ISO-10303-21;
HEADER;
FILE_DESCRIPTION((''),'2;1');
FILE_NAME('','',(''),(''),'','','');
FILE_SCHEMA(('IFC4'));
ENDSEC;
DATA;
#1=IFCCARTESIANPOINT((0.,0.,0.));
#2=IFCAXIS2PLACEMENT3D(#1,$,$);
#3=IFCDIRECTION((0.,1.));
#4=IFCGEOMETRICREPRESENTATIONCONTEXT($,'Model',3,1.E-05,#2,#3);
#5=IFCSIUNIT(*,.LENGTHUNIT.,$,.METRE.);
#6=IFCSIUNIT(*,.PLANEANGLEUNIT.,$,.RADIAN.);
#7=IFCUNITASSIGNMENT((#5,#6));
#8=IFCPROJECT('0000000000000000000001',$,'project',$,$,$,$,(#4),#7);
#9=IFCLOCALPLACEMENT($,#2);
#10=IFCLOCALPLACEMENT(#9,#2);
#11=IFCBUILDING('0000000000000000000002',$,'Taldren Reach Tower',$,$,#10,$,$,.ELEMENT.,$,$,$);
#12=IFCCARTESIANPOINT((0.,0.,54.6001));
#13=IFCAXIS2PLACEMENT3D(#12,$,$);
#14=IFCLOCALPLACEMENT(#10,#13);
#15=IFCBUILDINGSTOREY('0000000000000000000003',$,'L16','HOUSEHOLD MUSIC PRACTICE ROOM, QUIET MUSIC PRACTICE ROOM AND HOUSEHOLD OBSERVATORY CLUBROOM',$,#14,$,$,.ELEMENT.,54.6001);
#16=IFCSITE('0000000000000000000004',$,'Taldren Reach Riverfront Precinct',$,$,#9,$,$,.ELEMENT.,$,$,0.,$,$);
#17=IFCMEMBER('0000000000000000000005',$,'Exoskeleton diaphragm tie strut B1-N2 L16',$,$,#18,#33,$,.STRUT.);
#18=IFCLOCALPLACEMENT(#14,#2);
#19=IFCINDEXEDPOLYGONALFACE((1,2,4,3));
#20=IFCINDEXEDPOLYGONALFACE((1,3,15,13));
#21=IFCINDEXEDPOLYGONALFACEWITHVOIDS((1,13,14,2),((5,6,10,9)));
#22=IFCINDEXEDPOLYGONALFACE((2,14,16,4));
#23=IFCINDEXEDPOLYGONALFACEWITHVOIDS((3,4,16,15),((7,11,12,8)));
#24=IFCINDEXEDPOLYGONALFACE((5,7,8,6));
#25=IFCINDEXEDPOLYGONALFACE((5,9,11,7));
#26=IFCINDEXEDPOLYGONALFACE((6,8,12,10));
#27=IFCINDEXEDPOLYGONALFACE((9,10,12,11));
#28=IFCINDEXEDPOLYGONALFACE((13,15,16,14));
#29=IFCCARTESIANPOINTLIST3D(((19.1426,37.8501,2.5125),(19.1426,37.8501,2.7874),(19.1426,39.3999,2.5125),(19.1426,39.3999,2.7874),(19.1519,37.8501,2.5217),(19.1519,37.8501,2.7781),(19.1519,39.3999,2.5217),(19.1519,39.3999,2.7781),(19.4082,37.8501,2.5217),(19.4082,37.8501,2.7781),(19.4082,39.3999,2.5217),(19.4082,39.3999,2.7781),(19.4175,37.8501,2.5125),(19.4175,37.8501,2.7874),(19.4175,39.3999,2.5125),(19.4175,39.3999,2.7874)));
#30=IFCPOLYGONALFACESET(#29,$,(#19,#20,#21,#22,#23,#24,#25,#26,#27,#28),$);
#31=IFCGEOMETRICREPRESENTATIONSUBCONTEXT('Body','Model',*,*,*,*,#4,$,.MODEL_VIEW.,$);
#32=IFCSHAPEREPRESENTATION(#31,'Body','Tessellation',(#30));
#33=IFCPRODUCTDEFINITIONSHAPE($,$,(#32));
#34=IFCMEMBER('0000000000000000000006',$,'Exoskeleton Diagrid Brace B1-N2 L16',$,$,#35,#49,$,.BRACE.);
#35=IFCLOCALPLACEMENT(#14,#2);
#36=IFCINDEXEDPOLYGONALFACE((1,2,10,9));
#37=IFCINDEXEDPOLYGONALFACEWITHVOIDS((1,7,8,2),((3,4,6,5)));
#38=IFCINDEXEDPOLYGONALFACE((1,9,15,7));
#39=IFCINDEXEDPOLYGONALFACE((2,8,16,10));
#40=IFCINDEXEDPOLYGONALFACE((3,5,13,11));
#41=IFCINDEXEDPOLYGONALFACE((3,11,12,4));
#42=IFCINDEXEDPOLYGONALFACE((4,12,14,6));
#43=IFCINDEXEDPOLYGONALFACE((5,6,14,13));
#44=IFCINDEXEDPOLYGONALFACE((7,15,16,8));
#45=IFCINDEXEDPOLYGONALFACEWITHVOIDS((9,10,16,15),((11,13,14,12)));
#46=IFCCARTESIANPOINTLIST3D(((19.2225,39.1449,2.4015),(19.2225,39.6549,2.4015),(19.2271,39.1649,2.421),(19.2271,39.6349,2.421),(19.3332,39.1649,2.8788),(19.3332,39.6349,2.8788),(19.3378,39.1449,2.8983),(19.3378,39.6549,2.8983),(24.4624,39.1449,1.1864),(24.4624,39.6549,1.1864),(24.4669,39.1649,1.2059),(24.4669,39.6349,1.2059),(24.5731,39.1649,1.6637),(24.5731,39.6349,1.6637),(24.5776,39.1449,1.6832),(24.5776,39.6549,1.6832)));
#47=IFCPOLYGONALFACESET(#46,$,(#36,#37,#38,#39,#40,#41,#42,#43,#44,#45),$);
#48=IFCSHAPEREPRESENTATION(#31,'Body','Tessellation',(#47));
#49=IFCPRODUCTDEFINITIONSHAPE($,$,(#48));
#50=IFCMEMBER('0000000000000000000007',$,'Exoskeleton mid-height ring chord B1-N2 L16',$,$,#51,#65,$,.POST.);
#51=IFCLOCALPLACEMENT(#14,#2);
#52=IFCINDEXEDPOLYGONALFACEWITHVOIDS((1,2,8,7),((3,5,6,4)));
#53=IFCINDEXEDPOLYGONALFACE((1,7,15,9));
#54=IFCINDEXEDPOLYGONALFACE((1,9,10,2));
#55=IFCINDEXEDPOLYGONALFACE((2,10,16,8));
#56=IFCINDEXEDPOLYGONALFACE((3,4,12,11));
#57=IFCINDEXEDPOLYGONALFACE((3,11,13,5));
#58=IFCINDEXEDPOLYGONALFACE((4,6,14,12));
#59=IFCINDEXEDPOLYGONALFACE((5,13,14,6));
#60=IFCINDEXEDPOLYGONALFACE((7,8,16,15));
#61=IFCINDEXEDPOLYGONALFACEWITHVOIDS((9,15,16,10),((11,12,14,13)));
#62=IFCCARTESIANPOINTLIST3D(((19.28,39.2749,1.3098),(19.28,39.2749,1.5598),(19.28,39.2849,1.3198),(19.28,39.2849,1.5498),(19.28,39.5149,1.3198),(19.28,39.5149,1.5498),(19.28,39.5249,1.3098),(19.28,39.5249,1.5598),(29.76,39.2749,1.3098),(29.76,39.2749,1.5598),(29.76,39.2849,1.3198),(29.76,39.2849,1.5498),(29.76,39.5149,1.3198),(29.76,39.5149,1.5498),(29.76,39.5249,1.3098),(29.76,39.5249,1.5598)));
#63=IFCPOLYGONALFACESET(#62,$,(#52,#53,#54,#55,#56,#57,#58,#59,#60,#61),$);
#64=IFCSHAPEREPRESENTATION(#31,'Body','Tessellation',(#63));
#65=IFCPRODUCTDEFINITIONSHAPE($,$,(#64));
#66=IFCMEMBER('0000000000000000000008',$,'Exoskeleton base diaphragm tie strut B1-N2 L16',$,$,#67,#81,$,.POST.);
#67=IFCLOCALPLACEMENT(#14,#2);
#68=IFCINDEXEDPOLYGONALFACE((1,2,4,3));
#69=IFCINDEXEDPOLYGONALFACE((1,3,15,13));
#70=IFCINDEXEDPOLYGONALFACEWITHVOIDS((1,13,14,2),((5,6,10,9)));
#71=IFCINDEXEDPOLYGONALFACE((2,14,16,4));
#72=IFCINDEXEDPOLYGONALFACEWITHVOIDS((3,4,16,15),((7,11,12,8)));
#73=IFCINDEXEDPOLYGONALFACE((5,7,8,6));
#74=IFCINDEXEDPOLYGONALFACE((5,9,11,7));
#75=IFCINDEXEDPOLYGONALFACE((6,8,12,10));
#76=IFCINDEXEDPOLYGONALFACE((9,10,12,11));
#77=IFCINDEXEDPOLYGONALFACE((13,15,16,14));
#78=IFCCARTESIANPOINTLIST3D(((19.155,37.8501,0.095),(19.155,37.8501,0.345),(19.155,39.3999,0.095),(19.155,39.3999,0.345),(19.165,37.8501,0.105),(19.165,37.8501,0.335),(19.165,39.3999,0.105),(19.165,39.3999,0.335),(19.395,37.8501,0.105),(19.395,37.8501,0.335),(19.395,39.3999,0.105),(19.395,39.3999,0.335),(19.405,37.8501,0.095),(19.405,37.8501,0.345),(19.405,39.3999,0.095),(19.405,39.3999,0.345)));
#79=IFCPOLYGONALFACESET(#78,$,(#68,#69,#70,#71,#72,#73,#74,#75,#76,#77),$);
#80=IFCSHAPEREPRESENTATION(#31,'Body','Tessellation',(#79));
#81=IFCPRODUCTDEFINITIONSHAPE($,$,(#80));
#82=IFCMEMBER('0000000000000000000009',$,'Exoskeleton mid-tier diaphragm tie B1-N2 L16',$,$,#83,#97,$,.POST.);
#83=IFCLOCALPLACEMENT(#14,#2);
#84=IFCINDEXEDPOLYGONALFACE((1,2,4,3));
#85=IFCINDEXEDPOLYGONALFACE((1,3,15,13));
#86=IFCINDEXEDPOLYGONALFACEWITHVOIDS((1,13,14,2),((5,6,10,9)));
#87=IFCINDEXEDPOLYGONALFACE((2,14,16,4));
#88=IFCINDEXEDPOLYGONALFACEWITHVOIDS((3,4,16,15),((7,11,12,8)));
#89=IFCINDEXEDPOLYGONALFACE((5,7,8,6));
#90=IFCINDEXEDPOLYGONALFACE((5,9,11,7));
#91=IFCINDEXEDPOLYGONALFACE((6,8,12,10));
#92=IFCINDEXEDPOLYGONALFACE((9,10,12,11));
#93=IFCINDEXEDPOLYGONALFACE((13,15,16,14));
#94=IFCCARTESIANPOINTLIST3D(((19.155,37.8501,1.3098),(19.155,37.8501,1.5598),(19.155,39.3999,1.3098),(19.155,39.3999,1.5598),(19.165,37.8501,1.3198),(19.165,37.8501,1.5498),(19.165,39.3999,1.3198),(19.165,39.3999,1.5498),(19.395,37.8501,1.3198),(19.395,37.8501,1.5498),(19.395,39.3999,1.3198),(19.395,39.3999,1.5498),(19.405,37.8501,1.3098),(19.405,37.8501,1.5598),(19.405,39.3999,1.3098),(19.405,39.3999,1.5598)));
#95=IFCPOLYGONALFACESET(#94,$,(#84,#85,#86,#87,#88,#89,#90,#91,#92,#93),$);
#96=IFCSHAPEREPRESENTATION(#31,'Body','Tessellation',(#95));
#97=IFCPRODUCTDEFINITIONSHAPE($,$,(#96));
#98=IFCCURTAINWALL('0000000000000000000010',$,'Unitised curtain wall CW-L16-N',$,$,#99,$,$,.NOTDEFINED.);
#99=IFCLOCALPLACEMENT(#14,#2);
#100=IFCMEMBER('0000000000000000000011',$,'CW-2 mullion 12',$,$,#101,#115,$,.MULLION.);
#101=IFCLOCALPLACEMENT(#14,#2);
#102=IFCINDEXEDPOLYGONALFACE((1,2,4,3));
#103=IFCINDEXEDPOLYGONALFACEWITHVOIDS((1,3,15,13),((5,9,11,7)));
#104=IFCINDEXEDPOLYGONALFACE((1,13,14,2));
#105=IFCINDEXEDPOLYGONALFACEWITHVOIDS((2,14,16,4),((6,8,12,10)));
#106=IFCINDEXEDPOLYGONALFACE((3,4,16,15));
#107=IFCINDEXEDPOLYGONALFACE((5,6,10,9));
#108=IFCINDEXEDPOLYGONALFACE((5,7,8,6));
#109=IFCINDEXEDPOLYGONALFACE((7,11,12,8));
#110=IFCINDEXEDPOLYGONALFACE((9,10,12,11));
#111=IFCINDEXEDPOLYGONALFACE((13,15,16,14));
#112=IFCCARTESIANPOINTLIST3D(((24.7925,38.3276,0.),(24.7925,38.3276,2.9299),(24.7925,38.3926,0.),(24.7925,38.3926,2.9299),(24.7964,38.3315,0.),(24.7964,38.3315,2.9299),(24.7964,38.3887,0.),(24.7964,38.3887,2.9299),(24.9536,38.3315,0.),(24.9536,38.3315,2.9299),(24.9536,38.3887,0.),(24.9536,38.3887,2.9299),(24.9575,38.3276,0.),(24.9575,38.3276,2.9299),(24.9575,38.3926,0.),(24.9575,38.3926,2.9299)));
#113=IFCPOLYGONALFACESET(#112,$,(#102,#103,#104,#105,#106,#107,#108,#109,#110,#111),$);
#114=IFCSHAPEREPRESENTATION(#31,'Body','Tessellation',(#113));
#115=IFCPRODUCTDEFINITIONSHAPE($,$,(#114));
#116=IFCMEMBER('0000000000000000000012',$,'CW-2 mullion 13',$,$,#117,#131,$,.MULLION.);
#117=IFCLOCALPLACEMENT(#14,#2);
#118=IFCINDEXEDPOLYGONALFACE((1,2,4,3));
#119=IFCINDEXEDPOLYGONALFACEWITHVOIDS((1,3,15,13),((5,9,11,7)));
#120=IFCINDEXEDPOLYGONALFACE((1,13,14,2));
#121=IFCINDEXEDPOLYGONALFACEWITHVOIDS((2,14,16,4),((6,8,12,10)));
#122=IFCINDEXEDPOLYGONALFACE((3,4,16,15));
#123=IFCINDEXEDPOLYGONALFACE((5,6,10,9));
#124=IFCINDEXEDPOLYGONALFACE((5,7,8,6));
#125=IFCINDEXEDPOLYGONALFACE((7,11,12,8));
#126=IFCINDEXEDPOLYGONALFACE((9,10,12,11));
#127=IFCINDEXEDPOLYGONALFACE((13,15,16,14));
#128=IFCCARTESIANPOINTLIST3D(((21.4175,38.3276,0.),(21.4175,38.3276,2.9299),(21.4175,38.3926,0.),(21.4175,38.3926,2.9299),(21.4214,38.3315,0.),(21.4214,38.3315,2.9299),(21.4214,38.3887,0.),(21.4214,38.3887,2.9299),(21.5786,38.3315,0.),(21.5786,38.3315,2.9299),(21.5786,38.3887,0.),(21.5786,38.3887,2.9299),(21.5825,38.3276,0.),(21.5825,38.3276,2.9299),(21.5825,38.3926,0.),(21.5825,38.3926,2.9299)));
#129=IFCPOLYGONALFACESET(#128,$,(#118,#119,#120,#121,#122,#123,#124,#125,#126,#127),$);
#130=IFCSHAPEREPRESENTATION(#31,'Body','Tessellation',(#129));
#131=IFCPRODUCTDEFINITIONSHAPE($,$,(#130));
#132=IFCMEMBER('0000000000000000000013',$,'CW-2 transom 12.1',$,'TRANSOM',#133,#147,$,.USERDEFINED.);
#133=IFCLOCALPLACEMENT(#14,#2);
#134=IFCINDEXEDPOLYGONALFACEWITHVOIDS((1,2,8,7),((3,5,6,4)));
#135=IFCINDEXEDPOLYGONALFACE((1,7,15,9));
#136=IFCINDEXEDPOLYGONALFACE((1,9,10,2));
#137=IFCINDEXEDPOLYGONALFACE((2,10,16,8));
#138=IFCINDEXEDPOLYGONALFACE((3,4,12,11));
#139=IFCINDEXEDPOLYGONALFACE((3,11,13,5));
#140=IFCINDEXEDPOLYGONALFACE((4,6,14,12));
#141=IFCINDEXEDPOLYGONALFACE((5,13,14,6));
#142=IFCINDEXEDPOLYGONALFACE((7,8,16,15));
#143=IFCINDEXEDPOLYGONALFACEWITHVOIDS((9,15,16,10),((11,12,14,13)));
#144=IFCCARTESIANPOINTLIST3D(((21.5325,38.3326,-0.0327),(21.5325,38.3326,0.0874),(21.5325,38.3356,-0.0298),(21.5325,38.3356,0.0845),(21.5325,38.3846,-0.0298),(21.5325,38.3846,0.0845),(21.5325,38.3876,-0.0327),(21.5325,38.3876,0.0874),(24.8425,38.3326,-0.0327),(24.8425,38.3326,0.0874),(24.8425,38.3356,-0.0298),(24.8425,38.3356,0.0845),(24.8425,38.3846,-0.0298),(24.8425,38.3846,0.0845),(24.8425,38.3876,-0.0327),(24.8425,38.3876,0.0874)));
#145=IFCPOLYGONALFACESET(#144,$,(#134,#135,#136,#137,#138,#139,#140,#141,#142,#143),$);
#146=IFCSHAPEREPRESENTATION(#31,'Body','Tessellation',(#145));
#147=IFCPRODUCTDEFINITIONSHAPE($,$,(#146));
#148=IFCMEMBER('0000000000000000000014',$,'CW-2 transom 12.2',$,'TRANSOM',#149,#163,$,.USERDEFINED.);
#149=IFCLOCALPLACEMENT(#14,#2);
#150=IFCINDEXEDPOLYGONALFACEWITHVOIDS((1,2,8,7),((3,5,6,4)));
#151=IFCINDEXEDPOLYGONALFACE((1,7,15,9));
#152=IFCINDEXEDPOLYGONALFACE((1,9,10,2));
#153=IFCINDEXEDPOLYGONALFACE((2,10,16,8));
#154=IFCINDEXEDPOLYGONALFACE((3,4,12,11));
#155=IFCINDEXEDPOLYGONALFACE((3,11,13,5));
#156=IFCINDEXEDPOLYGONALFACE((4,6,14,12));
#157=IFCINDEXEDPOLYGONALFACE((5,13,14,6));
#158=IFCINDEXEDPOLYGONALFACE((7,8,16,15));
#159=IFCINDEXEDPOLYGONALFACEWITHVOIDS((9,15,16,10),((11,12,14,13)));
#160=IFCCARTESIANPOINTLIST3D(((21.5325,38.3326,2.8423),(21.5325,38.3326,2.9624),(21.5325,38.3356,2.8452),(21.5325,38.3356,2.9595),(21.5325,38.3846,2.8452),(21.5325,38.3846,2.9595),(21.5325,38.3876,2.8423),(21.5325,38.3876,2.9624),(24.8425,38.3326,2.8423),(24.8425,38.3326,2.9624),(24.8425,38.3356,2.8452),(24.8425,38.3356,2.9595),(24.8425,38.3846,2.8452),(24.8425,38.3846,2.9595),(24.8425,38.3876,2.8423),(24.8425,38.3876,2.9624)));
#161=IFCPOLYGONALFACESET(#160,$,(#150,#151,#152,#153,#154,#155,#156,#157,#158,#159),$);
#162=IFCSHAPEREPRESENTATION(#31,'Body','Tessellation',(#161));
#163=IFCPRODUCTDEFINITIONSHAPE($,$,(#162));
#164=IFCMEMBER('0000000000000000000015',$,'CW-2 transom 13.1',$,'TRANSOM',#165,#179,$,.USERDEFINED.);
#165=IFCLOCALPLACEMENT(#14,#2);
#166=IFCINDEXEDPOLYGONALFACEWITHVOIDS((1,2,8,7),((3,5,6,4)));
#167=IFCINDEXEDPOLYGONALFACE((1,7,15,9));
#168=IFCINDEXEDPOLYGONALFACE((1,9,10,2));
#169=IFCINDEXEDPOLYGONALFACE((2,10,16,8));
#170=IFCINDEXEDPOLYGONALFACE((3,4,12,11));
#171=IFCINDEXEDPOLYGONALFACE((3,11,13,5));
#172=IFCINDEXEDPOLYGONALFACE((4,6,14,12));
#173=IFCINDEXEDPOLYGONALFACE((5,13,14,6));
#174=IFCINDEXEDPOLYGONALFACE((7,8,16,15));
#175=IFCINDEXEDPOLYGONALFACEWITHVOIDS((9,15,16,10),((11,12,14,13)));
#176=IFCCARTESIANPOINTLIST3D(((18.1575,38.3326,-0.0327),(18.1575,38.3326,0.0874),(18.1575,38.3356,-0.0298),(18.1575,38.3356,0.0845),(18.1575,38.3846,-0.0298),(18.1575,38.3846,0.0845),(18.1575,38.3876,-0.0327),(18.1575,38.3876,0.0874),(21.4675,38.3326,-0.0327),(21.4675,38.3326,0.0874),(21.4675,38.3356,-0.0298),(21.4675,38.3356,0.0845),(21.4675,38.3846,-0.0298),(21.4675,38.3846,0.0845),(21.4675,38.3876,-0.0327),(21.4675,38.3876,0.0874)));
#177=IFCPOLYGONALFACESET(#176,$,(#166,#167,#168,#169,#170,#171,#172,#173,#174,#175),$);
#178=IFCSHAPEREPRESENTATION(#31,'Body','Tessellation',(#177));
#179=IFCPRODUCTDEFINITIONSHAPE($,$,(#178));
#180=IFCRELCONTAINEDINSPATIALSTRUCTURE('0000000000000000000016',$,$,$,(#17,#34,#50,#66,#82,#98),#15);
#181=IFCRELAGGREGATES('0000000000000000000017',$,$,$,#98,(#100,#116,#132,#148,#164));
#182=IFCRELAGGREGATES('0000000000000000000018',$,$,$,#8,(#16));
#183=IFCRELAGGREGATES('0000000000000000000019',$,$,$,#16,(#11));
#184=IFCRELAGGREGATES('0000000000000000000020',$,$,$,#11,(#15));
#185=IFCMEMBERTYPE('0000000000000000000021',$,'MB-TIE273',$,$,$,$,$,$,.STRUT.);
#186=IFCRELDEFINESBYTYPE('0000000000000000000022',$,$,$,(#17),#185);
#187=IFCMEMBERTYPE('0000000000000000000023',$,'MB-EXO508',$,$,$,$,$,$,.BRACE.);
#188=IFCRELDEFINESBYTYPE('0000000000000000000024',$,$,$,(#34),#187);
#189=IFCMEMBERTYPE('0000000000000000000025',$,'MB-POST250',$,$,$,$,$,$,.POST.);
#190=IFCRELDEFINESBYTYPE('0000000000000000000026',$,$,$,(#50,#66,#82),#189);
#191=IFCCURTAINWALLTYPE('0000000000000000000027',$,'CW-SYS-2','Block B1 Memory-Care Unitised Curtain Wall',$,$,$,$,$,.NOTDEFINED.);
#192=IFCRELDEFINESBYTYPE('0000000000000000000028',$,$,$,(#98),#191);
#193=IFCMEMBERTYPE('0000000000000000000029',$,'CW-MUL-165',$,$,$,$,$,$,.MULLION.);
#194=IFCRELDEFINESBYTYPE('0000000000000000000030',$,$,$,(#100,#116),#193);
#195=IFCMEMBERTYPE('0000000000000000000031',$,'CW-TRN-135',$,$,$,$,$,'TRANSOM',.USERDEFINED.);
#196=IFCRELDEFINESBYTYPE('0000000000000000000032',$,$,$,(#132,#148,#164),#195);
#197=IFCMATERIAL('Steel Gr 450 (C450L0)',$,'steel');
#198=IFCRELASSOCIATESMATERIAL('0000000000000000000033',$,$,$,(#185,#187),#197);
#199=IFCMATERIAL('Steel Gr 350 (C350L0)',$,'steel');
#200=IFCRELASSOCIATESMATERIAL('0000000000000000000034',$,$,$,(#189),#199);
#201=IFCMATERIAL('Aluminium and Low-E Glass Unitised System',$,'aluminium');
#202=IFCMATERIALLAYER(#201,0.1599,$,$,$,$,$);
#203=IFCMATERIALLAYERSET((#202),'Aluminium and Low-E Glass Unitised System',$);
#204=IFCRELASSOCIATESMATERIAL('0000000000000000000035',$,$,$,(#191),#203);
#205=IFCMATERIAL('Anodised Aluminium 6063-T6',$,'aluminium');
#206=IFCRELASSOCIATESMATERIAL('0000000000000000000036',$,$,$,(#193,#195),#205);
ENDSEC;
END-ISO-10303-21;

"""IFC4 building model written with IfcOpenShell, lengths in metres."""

from ifc_helpers import new_model, si_unit, direction, frame, origin, origin_2d, place, context, subcontext, project, spatial, hollow_rectangle, extrude, source, transform, mapped, material, layer, layer_set, material_profile, profile_set, type_object, element, aggregate, save


model = new_model("IFC4")

# Units and contexts
model_context = context("Model", 3, precision=1e-05, world=origin(), true_north=direction((0.0, 1.0)))
body_context = subcontext(model_context, "Body", "Model", "MODEL_VIEW")
ifc_project = project(units=[si_unit("LENGTHUNIT", "METRE"), si_unit("PLANEANGLEUNIT", "RADIAN")], contexts=[model_context])

# Site, building, storey
site_placement = place(None, origin())
site = spatial("IfcSite", under=ifc_project, at=site_placement, Name="Taldren Reach Riverfront Precinct", CompositionType="ELEMENT", RefElevation=0.0)
building_placement = place(site_placement, origin())
building = spatial("IfcBuilding", under=site, at=building_placement, Name="Taldren Reach Tower", CompositionType="ELEMENT")
storey_placement = place(building_placement, frame((0.0, 0.0, 54.6001)))
storey = spatial("IfcBuildingStorey", under=building, at=storey_placement, Name="L16", Description="HOUSEHOLD MUSIC PRACTICE ROOM, QUIET MUSIC PRACTICE ROOM AND HOUSEHOLD OBSERVATORY CLUBROOM", CompositionType="ELEMENT", Elevation=54.6001)

# Members
ifc_material_1 = material(Name="Steel Gr 450 (C450L0)", Category="steel")
ifc_material_profile_1 = material_profile(ifc_material_1, hollow_rectangle(XDim=0.2749, YDim=0.2749, WallThickness=0.0093, at=origin_2d()), Name="275x275x9.3SHS")
ifc_profile_set_1 = profile_set([ifc_material_profile_1], Name="Steel Gr 450 (C450L0)")
member_type_1 = type_object("IfcMemberType", Name="MB-TIE273", PredefinedType="STRUT", material=ifc_profile_set_1)
shared_shape_1 = source(origin(), body_context, "Body", "SweptSolid", [
    extrude(hollow_rectangle(XDim=0.2749, YDim=0.2749, WallThickness=0.0093, at=origin_2d()), origin(), (0.0, 0.0, 1.0), 1.5498),
])
member_1_placement = place(storey_placement, frame((19.28, 37.8501, 2.6499), z_axis=(0.0, 1.0, 0.0), x_axis=(-1.0, 0.0, 0.0)))
element("IfcMember", 1, at=member_1_placement, inside=storey, type_object=member_type_1, Name="Exoskeleton diaphragm tie strut B1-N2 L16", PredefinedType="STRUT", context=body_context, shape_type="MappedRepresentation", body=[
    mapped(shared_shape_1, transform((0.0, 0.0, 0.0), scale=1.0)),
])
ifc_material_profile_2 = material_profile(ifc_material_1, hollow_rectangle(XDim=0.51, YDim=0.51, WallThickness=0.02, at=origin_2d()), Name="510x510x20.0SHS")
ifc_profile_set_2 = profile_set([ifc_material_profile_2], Name="Steel Gr 450 (C450L0)")
member_type_2 = type_object("IfcMemberType", Name="MB-EXO508", PredefinedType="BRACE", material=ifc_profile_set_2)
shared_shape_2 = source(origin(), body_context, "Body", "SweptSolid", [
    extrude(hollow_rectangle(XDim=0.51, YDim=0.51, WallThickness=0.02, at=origin_2d()), origin(), (0.0, 0.0, 1.0), 5.3789),
])
member_2_placement = place(storey_placement, frame((24.52, 39.3999, 1.4348), z_axis=(-0.974152, 0.0, 0.225894), x_axis=(0.0, -1.0, 0.0)))
element("IfcMember", 2, at=member_2_placement, inside=storey, type_object=member_type_2, Name="Exoskeleton Diagrid Brace B1-N2 L16", PredefinedType="BRACE", context=body_context, shape_type="MappedRepresentation", body=[
    mapped(shared_shape_2, transform((0.0, 0.0, 0.0), scale=1.0)),
])
ifc_material_2 = material(Name="Steel Gr 350 (C350L0)", Category="steel")
ifc_material_profile_3 = material_profile(ifc_material_2, hollow_rectangle(XDim=0.25, YDim=0.25, WallThickness=0.01, at=origin_2d()), Name="250x250x10.0SHS")
ifc_profile_set_3 = profile_set([ifc_material_profile_3], Name="Steel Gr 350 (C350L0)")
member_type_3 = type_object("IfcMemberType", Name="MB-POST250", PredefinedType="POST", material=ifc_profile_set_3)
shared_shape_3 = source(origin(), body_context, "Body", "SweptSolid", [
    extrude(hollow_rectangle(XDim=0.25, YDim=0.25, WallThickness=0.01, at=origin_2d()), origin(), (0.0, 0.0, 1.0), 10.48),
])
member_3_placement = place(storey_placement, frame((19.28, 39.3999, 1.4348), z_axis=(1.0, 0.0, 0.0), x_axis=(0.0, 1.0, 0.0)))
element("IfcMember", 3, at=member_3_placement, inside=storey, type_object=member_type_3, Name="Exoskeleton mid-height ring chord B1-N2 L16", PredefinedType="POST", context=body_context, shape_type="MappedRepresentation", body=[
    mapped(shared_shape_3, transform((0.0, 0.0, 0.0), scale=1.0)),
])
shared_shape_4 = source(origin(), body_context, "Body", "SweptSolid", [
    extrude(hollow_rectangle(XDim=0.25, YDim=0.25, WallThickness=0.01, at=origin_2d()), origin(), (0.0, 0.0, 1.0), 1.5498),
])
for number, where, z_axis, x_axis, name in (
    (4, (19.28, 37.8501, 0.22), (0.0, 1.0, 0.0), (-1.0, 0.0, 0.0), "Exoskeleton base diaphragm tie strut B1-N2 L16"),
    (5, (19.28, 37.8501, 1.4348), (0.0, 1.0, 0.0), (-1.0, 0.0, 0.0), "Exoskeleton mid-tier diaphragm tie B1-N2 L16"),
):
    element("IfcMember", number, at=place(storey_placement, frame(where, z_axis=z_axis, x_axis=x_axis)), inside=storey, type_object=member_type_3, Name=name, PredefinedType="POST", context=body_context, shape_type="MappedRepresentation", body=[
        mapped(shared_shape_4, transform((0.0, 0.0, 0.0), scale=1.0)),
    ])

# Curtain wall, members
ifc_material_3 = material(Name="Aluminium and Low-E Glass Unitised System", Category="aluminium")
ifc_layer_1 = layer(ifc_material_3, 0.1599)
ifc_layer_set_1 = layer_set([ifc_layer_1], Name="Aluminium and Low-E Glass Unitised System")
curtain_wall_type = type_object("IfcCurtainWallType", Name="CW-SYS-2", Description="Block B1 Memory-Care Unitised Curtain Wall", PredefinedType="NOTDEFINED", material=ifc_layer_set_1)
curtain_wall_placement = place(storey_placement, origin())
curtain_wall = element("IfcCurtainWall", 6, at=curtain_wall_placement, inside=storey, type_object=curtain_wall_type, Name="Unitised curtain wall CW-L16-N", PredefinedType="NOTDEFINED")
ifc_material_4 = material(Name="Anodised Aluminium 6063-T6", Category="aluminium")
ifc_material_profile_4 = material_profile(ifc_material_4, hollow_rectangle(XDim=0.0649, YDim=0.165, WallThickness=0.0039, at=origin_2d()), Name="ALU-165x65x4RHS")
ifc_profile_set_4 = profile_set([ifc_material_profile_4], Name="Anodised Aluminium 6063-T6")
member_type_4 = type_object("IfcMemberType", Name="CW-MUL-165", PredefinedType="MULLION", material=ifc_profile_set_4)
shared_shape_5 = source(origin(), body_context, "Body", "SweptSolid", [
    extrude(hollow_rectangle(XDim=0.0649, YDim=0.165, WallThickness=0.0039, at=origin_2d()), origin(), (0.0, 0.0, 1.0), 2.9299),
])
member_4_placement = place(storey_placement, frame((24.875, 38.3601, 0.0), z_axis=(0.0, 0.0, 1.0), x_axis=(0.0, -1.0, 0.0)))
member_4 = element("IfcMember", 7, at=member_4_placement, type_object=member_type_4, Name="CW-2 mullion 12", PredefinedType="MULLION", context=body_context, shape_type="MappedRepresentation", body=[
    mapped(shared_shape_5, transform((0.0, 0.0, 0.0), scale=1.0)),
])
member_5_placement = place(storey_placement, frame((21.5, 38.3601, 0.0), z_axis=(0.0, 0.0, 1.0), x_axis=(0.0, -1.0, 0.0)))
member_5 = element("IfcMember", 8, at=member_5_placement, type_object=member_type_4, Name="CW-2 mullion 13", PredefinedType="MULLION", context=body_context, shape_type="MappedRepresentation", body=[
    mapped(shared_shape_5, transform((0.0, 0.0, 0.0), scale=1.0)),
])
ifc_material_profile_5 = material_profile(ifc_material_4, hollow_rectangle(XDim=0.0549, YDim=0.1201, WallThickness=0.0029, at=origin_2d()), Name="ALU-120x55x3RHS")
ifc_profile_set_5 = profile_set([ifc_material_profile_5], Name="Anodised Aluminium 6063-T6")
member_type_5 = type_object("IfcMemberType", Name="CW-TRN-135", ElementType="TRANSOM", PredefinedType="USERDEFINED", material=ifc_profile_set_5)
shared_shape_6 = source(origin(), body_context, "Body", "SweptSolid", [
    extrude(hollow_rectangle(XDim=0.0549, YDim=0.1201, WallThickness=0.0029, at=origin_2d()), origin(), (0.0, 0.0, 1.0), 3.3101),
])
member_6_placement = place(storey_placement, frame((24.8425, 38.3601, 0.0273), z_axis=(-1.0, 0.0, 0.0), x_axis=(0.0, -1.0, 0.0)))
member_6 = element("IfcMember", 9, at=member_6_placement, type_object=member_type_5, Name="CW-2 transom 12.1", ObjectType="TRANSOM", PredefinedType="USERDEFINED", context=body_context, shape_type="MappedRepresentation", body=[
    mapped(shared_shape_6, transform((0.0, 0.0, 0.0), scale=1.0)),
])
member_7_placement = place(storey_placement, frame((24.8425, 38.3601, 2.9023), z_axis=(-1.0, 0.0, 0.0), x_axis=(0.0, -1.0, 0.0)))
member_7 = element("IfcMember", 10, at=member_7_placement, type_object=member_type_5, Name="CW-2 transom 12.2", ObjectType="TRANSOM", PredefinedType="USERDEFINED", context=body_context, shape_type="MappedRepresentation", body=[
    mapped(shared_shape_6, transform((0.0, 0.0, 0.0), scale=1.0)),
])
member_8_placement = place(storey_placement, frame((21.4675, 38.3601, 0.0273), z_axis=(-1.0, 0.0, 0.0), x_axis=(0.0, -1.0, 0.0)))
member_8 = element("IfcMember", 11, at=member_8_placement, type_object=member_type_5, Name="CW-2 transom 13.1", ObjectType="TRANSOM", PredefinedType="USERDEFINED", context=body_context, shape_type="MappedRepresentation", body=[
    mapped(shared_shape_6, transform((0.0, 0.0, 0.0), scale=1.0)),
])

aggregate(curtain_wall, [member_4, member_5, member_6, member_7, member_8])

save(model, "model.ifc")
